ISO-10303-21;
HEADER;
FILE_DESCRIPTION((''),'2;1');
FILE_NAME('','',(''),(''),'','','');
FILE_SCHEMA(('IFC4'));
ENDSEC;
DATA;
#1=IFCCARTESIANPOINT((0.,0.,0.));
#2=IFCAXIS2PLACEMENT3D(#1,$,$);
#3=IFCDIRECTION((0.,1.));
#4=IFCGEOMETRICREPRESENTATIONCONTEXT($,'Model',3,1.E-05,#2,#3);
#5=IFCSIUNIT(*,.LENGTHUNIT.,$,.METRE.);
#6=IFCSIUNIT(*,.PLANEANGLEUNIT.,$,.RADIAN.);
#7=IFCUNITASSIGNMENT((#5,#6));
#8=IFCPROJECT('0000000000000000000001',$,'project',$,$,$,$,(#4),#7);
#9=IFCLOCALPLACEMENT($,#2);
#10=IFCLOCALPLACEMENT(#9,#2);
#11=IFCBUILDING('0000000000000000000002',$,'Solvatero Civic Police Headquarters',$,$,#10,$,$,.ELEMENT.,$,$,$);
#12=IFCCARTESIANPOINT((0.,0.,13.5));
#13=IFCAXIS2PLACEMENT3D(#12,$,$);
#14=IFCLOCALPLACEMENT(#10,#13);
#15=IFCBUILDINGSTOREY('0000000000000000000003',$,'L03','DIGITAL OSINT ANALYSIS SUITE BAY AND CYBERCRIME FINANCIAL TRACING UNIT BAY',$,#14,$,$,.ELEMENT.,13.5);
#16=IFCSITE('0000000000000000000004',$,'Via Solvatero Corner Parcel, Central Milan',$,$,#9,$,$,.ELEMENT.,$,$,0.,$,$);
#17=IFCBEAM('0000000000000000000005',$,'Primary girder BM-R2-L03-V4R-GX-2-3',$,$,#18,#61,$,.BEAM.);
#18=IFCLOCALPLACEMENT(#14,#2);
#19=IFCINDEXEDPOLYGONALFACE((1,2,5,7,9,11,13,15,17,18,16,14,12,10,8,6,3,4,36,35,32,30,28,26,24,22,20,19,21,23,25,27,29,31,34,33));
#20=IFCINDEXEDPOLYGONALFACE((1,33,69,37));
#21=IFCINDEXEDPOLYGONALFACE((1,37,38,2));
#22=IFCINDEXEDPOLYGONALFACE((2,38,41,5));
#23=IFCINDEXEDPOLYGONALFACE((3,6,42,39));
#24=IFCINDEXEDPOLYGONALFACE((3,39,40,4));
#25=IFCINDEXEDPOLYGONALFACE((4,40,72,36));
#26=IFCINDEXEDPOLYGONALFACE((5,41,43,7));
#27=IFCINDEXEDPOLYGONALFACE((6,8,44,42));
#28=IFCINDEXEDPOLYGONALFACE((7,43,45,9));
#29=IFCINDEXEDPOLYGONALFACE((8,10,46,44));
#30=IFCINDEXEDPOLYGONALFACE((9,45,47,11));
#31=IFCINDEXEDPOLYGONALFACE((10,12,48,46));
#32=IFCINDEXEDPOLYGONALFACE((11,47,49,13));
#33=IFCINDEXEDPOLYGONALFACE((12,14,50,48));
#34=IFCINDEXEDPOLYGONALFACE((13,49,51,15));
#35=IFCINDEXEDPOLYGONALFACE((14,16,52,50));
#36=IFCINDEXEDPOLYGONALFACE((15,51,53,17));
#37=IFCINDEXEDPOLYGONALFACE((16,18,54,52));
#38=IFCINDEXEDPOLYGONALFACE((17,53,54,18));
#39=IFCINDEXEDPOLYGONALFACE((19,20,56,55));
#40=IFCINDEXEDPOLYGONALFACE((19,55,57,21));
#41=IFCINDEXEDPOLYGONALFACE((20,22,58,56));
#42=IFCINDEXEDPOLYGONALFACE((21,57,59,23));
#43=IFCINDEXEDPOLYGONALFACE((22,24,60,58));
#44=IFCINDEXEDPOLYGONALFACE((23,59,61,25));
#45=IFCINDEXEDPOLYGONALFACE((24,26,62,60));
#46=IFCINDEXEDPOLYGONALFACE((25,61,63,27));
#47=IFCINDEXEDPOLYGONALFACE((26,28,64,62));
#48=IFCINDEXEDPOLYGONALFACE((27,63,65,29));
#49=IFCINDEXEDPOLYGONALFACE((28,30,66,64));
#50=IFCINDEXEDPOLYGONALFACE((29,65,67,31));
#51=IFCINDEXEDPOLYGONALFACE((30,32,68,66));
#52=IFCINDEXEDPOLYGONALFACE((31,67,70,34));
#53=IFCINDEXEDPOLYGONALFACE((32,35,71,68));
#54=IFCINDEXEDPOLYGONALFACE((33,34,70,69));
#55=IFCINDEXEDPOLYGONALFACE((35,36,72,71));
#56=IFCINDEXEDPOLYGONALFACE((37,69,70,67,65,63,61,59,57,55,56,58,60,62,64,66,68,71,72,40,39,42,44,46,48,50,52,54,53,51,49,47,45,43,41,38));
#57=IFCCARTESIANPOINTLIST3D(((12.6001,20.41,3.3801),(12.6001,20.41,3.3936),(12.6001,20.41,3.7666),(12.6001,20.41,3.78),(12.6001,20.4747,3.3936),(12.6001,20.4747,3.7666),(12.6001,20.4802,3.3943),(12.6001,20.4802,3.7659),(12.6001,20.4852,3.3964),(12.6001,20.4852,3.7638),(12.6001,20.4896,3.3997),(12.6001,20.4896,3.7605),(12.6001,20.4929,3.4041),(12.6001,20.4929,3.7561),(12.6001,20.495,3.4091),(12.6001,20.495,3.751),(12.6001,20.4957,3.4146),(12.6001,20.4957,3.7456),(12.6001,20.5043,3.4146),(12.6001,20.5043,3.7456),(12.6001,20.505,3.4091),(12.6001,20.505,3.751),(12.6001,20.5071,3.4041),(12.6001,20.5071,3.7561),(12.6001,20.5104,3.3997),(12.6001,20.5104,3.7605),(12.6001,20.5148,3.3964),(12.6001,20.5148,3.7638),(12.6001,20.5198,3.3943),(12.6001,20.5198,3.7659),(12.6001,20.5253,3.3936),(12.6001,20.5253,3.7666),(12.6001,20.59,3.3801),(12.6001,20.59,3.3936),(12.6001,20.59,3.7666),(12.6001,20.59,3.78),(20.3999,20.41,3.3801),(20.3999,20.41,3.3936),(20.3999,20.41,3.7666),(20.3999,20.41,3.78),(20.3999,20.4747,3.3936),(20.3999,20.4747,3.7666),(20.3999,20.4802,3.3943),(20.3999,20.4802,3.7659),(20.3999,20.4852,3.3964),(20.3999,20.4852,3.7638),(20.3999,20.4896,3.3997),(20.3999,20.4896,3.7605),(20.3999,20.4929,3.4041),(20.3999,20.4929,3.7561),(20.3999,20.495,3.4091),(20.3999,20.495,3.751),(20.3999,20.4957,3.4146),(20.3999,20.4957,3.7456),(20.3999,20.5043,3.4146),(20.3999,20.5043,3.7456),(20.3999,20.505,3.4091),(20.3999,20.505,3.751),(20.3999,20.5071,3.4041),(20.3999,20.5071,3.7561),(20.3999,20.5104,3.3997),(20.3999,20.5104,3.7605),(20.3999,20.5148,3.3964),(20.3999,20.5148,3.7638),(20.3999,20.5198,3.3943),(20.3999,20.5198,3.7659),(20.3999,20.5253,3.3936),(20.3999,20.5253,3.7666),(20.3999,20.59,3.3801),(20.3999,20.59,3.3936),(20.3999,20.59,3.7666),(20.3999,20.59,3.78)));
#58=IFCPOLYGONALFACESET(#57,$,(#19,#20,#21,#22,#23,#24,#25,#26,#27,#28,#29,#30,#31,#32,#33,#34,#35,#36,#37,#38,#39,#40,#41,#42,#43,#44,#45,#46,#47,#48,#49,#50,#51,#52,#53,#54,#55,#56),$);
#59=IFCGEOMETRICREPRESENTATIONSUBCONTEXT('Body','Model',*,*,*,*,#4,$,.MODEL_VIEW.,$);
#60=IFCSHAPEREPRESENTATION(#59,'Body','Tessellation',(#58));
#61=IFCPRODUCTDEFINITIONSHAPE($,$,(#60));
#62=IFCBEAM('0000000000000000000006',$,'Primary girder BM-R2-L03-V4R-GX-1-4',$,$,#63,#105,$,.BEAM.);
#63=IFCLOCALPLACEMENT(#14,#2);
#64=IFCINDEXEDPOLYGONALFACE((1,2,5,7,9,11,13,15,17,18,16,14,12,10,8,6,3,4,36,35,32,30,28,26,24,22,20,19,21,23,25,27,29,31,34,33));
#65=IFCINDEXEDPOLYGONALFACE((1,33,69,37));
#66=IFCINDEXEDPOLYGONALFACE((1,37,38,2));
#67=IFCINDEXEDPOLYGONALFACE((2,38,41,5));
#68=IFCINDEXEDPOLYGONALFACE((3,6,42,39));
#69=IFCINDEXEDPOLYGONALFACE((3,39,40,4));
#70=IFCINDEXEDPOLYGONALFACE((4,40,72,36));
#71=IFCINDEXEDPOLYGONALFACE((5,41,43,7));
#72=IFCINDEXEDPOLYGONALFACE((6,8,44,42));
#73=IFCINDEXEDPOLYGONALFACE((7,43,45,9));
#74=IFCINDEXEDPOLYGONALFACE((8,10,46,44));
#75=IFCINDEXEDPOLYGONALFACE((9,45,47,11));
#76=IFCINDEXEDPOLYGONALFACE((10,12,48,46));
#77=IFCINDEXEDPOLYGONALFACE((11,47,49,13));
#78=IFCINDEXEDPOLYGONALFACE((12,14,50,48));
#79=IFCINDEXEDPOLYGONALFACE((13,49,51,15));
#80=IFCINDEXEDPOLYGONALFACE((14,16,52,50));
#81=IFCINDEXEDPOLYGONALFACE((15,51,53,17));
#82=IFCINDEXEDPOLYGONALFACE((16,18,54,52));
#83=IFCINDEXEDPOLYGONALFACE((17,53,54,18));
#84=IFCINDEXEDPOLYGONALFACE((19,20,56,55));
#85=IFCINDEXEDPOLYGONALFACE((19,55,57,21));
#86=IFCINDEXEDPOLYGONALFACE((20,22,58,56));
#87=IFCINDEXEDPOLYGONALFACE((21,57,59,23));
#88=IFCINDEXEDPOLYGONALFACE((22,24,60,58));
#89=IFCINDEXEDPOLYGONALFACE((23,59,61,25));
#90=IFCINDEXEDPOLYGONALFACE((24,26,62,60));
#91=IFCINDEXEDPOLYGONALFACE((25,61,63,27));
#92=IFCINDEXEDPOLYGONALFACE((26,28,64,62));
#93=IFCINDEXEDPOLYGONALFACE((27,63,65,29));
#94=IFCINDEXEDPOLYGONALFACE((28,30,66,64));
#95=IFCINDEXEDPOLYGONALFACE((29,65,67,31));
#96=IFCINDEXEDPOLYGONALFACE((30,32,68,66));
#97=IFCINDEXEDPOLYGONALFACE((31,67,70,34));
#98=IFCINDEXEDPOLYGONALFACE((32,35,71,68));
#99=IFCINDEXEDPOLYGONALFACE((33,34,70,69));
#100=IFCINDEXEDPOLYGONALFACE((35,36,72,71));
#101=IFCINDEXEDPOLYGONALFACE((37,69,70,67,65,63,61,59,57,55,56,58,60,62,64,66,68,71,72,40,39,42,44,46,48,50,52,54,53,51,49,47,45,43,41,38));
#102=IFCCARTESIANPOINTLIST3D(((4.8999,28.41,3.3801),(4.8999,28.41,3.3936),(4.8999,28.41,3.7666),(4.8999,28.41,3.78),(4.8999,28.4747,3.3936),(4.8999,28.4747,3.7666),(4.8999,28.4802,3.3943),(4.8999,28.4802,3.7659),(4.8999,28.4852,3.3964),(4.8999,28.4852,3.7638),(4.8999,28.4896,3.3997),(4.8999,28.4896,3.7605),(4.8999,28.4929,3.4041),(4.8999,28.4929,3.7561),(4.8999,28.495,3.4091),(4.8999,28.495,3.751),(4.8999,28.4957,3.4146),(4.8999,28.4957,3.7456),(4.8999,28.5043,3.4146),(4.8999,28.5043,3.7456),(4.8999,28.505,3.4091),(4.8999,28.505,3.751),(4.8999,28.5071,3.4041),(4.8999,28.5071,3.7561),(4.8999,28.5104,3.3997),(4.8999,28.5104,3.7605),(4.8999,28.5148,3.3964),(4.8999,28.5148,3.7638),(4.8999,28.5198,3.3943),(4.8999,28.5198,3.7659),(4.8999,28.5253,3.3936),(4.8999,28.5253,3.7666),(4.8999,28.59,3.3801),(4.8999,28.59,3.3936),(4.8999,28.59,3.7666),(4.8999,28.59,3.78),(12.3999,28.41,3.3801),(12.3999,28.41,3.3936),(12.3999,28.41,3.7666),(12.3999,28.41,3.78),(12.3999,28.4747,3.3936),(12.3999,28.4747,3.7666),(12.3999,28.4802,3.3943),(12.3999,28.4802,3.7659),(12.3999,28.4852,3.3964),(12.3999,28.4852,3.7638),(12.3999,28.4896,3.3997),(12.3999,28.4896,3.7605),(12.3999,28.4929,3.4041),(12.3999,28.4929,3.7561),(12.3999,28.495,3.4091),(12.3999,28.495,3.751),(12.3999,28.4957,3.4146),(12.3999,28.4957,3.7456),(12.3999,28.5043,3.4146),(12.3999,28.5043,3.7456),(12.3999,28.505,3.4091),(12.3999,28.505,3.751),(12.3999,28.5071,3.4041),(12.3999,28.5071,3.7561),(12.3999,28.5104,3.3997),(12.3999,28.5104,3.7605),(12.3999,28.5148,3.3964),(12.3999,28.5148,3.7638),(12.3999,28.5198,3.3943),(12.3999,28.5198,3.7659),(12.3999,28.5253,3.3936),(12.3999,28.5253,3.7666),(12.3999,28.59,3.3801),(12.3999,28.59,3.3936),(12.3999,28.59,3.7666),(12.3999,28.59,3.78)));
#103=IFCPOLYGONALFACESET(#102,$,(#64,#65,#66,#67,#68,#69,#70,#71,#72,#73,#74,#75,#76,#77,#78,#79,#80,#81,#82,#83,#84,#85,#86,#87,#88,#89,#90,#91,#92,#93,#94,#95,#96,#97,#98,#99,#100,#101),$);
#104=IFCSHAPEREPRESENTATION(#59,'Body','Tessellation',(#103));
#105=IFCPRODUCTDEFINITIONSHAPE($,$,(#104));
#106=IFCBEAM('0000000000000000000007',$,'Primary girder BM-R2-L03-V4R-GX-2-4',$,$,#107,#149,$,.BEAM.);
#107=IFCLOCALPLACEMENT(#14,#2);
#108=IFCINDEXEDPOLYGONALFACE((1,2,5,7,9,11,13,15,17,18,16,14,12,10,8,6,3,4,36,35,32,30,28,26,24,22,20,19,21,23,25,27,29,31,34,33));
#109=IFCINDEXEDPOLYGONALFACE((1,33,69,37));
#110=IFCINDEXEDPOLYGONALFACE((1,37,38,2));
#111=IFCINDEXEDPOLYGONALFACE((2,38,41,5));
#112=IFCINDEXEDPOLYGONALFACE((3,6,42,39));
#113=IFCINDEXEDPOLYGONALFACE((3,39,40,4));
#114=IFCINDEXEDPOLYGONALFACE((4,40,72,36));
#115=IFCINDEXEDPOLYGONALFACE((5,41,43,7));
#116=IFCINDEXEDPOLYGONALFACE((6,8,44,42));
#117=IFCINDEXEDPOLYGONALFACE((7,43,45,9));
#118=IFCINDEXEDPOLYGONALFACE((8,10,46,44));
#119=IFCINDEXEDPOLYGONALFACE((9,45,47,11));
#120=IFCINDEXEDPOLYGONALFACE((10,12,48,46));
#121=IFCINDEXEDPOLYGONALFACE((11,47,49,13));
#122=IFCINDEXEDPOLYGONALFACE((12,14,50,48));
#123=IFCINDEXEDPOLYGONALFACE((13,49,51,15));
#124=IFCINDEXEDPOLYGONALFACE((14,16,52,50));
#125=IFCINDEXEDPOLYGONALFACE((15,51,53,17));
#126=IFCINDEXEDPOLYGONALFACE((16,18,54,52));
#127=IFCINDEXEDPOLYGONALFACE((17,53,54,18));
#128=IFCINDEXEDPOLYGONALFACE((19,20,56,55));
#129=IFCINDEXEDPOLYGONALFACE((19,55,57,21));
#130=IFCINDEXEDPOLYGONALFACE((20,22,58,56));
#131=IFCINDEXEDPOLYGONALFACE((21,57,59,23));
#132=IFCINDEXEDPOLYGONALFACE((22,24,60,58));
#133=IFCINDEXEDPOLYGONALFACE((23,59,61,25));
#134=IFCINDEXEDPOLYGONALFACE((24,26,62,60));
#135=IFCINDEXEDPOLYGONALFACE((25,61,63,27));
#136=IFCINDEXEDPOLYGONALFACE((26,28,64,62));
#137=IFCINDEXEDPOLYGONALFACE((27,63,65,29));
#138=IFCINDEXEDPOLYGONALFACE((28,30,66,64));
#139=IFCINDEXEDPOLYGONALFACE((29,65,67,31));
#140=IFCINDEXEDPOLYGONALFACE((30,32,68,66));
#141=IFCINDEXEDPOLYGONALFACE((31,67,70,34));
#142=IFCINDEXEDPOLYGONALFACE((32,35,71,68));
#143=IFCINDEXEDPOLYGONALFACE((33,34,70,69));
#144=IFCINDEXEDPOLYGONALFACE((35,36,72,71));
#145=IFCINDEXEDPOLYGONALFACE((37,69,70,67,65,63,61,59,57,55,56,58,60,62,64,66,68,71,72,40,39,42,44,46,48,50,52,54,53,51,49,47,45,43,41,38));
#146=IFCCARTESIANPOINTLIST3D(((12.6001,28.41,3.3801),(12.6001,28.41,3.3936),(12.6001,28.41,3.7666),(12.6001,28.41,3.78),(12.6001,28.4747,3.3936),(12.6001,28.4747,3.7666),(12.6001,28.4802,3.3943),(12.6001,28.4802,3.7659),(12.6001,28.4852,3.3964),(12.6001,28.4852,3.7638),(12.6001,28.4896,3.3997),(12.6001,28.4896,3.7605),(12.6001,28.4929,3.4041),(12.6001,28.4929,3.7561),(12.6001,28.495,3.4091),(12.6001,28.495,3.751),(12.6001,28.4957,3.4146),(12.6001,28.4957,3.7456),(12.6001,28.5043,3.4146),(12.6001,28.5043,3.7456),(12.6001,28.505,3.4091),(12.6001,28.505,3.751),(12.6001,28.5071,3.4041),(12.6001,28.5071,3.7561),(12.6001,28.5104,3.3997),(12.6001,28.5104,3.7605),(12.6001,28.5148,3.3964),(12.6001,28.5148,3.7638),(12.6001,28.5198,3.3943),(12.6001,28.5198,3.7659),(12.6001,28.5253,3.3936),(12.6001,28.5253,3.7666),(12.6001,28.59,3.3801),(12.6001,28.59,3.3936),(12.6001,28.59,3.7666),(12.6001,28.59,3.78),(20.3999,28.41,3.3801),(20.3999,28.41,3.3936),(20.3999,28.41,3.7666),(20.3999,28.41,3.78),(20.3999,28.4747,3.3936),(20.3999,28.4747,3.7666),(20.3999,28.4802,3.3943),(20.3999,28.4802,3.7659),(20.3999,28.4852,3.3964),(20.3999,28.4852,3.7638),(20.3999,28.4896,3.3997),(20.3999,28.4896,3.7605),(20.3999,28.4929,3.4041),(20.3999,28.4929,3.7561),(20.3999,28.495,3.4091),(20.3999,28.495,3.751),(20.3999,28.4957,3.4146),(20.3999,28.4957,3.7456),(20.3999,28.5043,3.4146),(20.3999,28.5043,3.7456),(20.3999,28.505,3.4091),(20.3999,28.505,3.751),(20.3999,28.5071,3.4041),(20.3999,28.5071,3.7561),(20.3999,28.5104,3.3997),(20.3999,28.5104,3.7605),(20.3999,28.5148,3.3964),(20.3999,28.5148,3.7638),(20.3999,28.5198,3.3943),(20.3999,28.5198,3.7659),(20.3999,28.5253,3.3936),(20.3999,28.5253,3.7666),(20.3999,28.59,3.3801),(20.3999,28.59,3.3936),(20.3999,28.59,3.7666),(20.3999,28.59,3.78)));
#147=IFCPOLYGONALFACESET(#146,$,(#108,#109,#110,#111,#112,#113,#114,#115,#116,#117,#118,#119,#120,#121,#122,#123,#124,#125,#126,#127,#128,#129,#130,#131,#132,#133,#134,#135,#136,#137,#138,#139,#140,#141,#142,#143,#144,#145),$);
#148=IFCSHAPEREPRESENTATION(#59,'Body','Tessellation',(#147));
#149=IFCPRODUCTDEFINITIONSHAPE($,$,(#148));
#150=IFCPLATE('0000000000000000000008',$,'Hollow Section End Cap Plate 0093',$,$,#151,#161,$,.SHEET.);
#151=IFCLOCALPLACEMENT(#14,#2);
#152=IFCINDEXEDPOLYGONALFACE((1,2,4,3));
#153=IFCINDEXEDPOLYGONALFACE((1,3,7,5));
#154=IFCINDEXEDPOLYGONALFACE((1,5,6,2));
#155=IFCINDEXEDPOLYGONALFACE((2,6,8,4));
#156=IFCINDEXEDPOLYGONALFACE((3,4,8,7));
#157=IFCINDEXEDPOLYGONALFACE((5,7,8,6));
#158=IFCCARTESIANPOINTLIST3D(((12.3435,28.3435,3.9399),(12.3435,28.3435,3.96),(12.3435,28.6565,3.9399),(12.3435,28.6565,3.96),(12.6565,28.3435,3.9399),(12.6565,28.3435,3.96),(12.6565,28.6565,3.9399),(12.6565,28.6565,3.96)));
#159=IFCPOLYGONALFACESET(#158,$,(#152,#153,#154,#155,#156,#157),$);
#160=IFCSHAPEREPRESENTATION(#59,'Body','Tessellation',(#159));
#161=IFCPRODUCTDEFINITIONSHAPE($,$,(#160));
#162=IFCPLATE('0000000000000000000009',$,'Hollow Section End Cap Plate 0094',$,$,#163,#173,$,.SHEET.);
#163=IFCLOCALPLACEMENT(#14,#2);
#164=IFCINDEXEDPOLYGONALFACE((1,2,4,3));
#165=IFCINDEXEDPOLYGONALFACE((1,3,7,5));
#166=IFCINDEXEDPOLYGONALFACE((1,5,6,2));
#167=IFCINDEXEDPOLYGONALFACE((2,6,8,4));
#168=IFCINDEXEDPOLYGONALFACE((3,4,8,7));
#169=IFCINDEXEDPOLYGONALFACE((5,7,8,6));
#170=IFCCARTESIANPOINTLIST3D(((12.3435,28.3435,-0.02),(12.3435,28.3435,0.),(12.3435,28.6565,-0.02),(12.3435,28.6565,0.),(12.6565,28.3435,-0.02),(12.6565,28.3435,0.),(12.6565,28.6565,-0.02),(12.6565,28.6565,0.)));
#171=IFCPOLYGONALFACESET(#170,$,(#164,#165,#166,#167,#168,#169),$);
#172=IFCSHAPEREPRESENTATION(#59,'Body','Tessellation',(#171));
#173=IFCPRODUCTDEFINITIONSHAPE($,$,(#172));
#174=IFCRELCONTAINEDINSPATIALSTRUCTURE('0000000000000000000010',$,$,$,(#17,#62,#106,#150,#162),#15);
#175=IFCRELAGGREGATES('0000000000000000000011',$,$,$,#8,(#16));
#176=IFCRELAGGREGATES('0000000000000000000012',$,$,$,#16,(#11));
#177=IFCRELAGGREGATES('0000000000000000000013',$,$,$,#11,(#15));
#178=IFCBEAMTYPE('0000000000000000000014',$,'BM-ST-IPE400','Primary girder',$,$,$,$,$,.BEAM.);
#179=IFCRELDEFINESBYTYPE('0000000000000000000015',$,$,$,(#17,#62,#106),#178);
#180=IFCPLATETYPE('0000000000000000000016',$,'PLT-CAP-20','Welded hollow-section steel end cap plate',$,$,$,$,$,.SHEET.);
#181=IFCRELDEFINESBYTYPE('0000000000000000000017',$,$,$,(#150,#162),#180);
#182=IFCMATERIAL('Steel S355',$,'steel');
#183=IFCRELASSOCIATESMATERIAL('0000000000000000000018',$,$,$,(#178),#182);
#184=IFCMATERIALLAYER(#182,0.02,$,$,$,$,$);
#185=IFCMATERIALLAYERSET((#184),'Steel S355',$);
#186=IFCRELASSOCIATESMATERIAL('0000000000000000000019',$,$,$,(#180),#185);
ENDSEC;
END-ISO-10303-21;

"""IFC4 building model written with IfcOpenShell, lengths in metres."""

from ifc_helpers import new_model, si_unit, direction, frame, origin, origin_2d, place, context, subcontext, project, spatial, rectangle, i_section, extrude, material, layer, layer_set, material_profile, profile_set, type_object, element, save


model = new_model("IFC4")

# Units and contexts
model_context = context("Model", 3, precision=1e-05, world=origin(), true_north=direction((0.0, 1.0)))
body_context = subcontext(model_context, "Body", "Model", "MODEL_VIEW")
ifc_project = project(units=[si_unit("LENGTHUNIT", "METRE"), si_unit("PLANEANGLEUNIT", "RADIAN")], contexts=[model_context])

# Site, building, storey
site_placement = place(None, origin())
site = spatial("IfcSite", under=ifc_project, at=site_placement, Name="Via Solvatero Corner Parcel, Central Milan", CompositionType="ELEMENT", RefElevation=0.0)
building_placement = place(site_placement, origin())
building = spatial("IfcBuilding", under=site, at=building_placement, Name="Solvatero Civic Police Headquarters", CompositionType="ELEMENT")
storey_placement = place(building_placement, frame((0.0, 0.0, 13.5)))
storey = spatial("IfcBuildingStorey", under=building, at=storey_placement, Name="L03", Description="DIGITAL OSINT ANALYSIS SUITE BAY AND CYBERCRIME FINANCIAL TRACING UNIT BAY", CompositionType="ELEMENT", Elevation=13.5)

# Shared definitions
ifc_material_1 = material(Name="Steel S355", Category="steel")

# Beams
ifc_material_profile_1 = material_profile(ifc_material_1, i_section(OverallWidth=0.1799, OverallDepth=0.3999, WebThickness=0.0085, FlangeThickness=0.0134, FilletRadius=0.021, at=origin_2d()), Name="IPE 400")
ifc_profile_set_1 = profile_set([ifc_material_profile_1], Name="Steel S355")
beam_type_1 = type_object("IfcBeamType", Name="BM-ST-IPE400", Description="Primary girder", PredefinedType="BEAM", material=ifc_profile_set_1)
beam_1_placement = place(storey_placement, frame((12.6001, 20.5, 3.5801), z_axis=(1.0, 0.0, 0.0), x_axis=(0.0, 1.0, 0.0)))
element("IfcBeam", 1, at=beam_1_placement, inside=storey, type_object=beam_type_1, Name="Primary girder BM-R2-L03-V4R-GX-2-3", PredefinedType="BEAM", context=body_context, shape_type="SweptSolid", body=[
    extrude(i_section(OverallWidth=0.1799, OverallDepth=0.3999, WebThickness=0.0085, FlangeThickness=0.0134, FilletRadius=0.021, at=origin_2d()), origin(), (0.0, 0.0, 1.0), 7.7998),
])
beam_2_placement = place(storey_placement, frame((4.8999, 28.5, 3.5801), z_axis=(1.0, 0.0, 0.0), x_axis=(0.0, 1.0, 0.0)))
element("IfcBeam", 2, at=beam_2_placement, inside=storey, type_object=beam_type_1, Name="Primary girder BM-R2-L03-V4R-GX-1-4", PredefinedType="BEAM", context=body_context, shape_type="SweptSolid", body=[
    extrude(i_section(OverallWidth=0.1799, OverallDepth=0.3999, WebThickness=0.0085, FlangeThickness=0.0134, FilletRadius=0.021, at=origin_2d()), origin(), (0.0, 0.0, 1.0), 7.5),
])
beam_3_placement = place(storey_placement, frame((12.6001, 28.5, 3.5801), z_axis=(1.0, 0.0, 0.0), x_axis=(0.0, 1.0, 0.0)))
element("IfcBeam", 3, at=beam_3_placement, inside=storey, type_object=beam_type_1, Name="Primary girder BM-R2-L03-V4R-GX-2-4", PredefinedType="BEAM", context=body_context, shape_type="SweptSolid", body=[
    extrude(i_section(OverallWidth=0.1799, OverallDepth=0.3999, WebThickness=0.0085, FlangeThickness=0.0134, FilletRadius=0.021, at=origin_2d()), origin(), (0.0, 0.0, 1.0), 7.7998),
])

# Plates
ifc_layer_1 = layer(ifc_material_1, 0.02)
ifc_layer_set_1 = layer_set([ifc_layer_1], Name="Steel S355")
plate_type = type_object("IfcPlateType", Name="PLT-CAP-20", Description="Welded hollow-section steel end cap plate", PredefinedType="SHEET", material=ifc_layer_set_1)
for number, where, z_axis, x_axis, name in (
    (4, (12.5, 28.5, 3.9399), (0.0, 0.0, 1.0), (1.0, 0.0, 0.0), "Hollow Section End Cap Plate 0093"),
    (5, (12.5, 28.5, -0.02), (0.0, 0.0, 1.0), (1.0, 0.0, 0.0), "Hollow Section End Cap Plate 0094"),
):
    element("IfcPlate", number, at=place(storey_placement, frame(where, z_axis=z_axis, x_axis=x_axis)), inside=storey, type_object=plate_type, Name=name, PredefinedType="SHEET", context=body_context, shape_type="SweptSolid", body=[
        extrude(rectangle(XDim=0.313, YDim=0.313, at=origin_2d()), origin(), (0.0, 0.0, 1.0), 0.02),
    ])

save(model, "model.ifc")
